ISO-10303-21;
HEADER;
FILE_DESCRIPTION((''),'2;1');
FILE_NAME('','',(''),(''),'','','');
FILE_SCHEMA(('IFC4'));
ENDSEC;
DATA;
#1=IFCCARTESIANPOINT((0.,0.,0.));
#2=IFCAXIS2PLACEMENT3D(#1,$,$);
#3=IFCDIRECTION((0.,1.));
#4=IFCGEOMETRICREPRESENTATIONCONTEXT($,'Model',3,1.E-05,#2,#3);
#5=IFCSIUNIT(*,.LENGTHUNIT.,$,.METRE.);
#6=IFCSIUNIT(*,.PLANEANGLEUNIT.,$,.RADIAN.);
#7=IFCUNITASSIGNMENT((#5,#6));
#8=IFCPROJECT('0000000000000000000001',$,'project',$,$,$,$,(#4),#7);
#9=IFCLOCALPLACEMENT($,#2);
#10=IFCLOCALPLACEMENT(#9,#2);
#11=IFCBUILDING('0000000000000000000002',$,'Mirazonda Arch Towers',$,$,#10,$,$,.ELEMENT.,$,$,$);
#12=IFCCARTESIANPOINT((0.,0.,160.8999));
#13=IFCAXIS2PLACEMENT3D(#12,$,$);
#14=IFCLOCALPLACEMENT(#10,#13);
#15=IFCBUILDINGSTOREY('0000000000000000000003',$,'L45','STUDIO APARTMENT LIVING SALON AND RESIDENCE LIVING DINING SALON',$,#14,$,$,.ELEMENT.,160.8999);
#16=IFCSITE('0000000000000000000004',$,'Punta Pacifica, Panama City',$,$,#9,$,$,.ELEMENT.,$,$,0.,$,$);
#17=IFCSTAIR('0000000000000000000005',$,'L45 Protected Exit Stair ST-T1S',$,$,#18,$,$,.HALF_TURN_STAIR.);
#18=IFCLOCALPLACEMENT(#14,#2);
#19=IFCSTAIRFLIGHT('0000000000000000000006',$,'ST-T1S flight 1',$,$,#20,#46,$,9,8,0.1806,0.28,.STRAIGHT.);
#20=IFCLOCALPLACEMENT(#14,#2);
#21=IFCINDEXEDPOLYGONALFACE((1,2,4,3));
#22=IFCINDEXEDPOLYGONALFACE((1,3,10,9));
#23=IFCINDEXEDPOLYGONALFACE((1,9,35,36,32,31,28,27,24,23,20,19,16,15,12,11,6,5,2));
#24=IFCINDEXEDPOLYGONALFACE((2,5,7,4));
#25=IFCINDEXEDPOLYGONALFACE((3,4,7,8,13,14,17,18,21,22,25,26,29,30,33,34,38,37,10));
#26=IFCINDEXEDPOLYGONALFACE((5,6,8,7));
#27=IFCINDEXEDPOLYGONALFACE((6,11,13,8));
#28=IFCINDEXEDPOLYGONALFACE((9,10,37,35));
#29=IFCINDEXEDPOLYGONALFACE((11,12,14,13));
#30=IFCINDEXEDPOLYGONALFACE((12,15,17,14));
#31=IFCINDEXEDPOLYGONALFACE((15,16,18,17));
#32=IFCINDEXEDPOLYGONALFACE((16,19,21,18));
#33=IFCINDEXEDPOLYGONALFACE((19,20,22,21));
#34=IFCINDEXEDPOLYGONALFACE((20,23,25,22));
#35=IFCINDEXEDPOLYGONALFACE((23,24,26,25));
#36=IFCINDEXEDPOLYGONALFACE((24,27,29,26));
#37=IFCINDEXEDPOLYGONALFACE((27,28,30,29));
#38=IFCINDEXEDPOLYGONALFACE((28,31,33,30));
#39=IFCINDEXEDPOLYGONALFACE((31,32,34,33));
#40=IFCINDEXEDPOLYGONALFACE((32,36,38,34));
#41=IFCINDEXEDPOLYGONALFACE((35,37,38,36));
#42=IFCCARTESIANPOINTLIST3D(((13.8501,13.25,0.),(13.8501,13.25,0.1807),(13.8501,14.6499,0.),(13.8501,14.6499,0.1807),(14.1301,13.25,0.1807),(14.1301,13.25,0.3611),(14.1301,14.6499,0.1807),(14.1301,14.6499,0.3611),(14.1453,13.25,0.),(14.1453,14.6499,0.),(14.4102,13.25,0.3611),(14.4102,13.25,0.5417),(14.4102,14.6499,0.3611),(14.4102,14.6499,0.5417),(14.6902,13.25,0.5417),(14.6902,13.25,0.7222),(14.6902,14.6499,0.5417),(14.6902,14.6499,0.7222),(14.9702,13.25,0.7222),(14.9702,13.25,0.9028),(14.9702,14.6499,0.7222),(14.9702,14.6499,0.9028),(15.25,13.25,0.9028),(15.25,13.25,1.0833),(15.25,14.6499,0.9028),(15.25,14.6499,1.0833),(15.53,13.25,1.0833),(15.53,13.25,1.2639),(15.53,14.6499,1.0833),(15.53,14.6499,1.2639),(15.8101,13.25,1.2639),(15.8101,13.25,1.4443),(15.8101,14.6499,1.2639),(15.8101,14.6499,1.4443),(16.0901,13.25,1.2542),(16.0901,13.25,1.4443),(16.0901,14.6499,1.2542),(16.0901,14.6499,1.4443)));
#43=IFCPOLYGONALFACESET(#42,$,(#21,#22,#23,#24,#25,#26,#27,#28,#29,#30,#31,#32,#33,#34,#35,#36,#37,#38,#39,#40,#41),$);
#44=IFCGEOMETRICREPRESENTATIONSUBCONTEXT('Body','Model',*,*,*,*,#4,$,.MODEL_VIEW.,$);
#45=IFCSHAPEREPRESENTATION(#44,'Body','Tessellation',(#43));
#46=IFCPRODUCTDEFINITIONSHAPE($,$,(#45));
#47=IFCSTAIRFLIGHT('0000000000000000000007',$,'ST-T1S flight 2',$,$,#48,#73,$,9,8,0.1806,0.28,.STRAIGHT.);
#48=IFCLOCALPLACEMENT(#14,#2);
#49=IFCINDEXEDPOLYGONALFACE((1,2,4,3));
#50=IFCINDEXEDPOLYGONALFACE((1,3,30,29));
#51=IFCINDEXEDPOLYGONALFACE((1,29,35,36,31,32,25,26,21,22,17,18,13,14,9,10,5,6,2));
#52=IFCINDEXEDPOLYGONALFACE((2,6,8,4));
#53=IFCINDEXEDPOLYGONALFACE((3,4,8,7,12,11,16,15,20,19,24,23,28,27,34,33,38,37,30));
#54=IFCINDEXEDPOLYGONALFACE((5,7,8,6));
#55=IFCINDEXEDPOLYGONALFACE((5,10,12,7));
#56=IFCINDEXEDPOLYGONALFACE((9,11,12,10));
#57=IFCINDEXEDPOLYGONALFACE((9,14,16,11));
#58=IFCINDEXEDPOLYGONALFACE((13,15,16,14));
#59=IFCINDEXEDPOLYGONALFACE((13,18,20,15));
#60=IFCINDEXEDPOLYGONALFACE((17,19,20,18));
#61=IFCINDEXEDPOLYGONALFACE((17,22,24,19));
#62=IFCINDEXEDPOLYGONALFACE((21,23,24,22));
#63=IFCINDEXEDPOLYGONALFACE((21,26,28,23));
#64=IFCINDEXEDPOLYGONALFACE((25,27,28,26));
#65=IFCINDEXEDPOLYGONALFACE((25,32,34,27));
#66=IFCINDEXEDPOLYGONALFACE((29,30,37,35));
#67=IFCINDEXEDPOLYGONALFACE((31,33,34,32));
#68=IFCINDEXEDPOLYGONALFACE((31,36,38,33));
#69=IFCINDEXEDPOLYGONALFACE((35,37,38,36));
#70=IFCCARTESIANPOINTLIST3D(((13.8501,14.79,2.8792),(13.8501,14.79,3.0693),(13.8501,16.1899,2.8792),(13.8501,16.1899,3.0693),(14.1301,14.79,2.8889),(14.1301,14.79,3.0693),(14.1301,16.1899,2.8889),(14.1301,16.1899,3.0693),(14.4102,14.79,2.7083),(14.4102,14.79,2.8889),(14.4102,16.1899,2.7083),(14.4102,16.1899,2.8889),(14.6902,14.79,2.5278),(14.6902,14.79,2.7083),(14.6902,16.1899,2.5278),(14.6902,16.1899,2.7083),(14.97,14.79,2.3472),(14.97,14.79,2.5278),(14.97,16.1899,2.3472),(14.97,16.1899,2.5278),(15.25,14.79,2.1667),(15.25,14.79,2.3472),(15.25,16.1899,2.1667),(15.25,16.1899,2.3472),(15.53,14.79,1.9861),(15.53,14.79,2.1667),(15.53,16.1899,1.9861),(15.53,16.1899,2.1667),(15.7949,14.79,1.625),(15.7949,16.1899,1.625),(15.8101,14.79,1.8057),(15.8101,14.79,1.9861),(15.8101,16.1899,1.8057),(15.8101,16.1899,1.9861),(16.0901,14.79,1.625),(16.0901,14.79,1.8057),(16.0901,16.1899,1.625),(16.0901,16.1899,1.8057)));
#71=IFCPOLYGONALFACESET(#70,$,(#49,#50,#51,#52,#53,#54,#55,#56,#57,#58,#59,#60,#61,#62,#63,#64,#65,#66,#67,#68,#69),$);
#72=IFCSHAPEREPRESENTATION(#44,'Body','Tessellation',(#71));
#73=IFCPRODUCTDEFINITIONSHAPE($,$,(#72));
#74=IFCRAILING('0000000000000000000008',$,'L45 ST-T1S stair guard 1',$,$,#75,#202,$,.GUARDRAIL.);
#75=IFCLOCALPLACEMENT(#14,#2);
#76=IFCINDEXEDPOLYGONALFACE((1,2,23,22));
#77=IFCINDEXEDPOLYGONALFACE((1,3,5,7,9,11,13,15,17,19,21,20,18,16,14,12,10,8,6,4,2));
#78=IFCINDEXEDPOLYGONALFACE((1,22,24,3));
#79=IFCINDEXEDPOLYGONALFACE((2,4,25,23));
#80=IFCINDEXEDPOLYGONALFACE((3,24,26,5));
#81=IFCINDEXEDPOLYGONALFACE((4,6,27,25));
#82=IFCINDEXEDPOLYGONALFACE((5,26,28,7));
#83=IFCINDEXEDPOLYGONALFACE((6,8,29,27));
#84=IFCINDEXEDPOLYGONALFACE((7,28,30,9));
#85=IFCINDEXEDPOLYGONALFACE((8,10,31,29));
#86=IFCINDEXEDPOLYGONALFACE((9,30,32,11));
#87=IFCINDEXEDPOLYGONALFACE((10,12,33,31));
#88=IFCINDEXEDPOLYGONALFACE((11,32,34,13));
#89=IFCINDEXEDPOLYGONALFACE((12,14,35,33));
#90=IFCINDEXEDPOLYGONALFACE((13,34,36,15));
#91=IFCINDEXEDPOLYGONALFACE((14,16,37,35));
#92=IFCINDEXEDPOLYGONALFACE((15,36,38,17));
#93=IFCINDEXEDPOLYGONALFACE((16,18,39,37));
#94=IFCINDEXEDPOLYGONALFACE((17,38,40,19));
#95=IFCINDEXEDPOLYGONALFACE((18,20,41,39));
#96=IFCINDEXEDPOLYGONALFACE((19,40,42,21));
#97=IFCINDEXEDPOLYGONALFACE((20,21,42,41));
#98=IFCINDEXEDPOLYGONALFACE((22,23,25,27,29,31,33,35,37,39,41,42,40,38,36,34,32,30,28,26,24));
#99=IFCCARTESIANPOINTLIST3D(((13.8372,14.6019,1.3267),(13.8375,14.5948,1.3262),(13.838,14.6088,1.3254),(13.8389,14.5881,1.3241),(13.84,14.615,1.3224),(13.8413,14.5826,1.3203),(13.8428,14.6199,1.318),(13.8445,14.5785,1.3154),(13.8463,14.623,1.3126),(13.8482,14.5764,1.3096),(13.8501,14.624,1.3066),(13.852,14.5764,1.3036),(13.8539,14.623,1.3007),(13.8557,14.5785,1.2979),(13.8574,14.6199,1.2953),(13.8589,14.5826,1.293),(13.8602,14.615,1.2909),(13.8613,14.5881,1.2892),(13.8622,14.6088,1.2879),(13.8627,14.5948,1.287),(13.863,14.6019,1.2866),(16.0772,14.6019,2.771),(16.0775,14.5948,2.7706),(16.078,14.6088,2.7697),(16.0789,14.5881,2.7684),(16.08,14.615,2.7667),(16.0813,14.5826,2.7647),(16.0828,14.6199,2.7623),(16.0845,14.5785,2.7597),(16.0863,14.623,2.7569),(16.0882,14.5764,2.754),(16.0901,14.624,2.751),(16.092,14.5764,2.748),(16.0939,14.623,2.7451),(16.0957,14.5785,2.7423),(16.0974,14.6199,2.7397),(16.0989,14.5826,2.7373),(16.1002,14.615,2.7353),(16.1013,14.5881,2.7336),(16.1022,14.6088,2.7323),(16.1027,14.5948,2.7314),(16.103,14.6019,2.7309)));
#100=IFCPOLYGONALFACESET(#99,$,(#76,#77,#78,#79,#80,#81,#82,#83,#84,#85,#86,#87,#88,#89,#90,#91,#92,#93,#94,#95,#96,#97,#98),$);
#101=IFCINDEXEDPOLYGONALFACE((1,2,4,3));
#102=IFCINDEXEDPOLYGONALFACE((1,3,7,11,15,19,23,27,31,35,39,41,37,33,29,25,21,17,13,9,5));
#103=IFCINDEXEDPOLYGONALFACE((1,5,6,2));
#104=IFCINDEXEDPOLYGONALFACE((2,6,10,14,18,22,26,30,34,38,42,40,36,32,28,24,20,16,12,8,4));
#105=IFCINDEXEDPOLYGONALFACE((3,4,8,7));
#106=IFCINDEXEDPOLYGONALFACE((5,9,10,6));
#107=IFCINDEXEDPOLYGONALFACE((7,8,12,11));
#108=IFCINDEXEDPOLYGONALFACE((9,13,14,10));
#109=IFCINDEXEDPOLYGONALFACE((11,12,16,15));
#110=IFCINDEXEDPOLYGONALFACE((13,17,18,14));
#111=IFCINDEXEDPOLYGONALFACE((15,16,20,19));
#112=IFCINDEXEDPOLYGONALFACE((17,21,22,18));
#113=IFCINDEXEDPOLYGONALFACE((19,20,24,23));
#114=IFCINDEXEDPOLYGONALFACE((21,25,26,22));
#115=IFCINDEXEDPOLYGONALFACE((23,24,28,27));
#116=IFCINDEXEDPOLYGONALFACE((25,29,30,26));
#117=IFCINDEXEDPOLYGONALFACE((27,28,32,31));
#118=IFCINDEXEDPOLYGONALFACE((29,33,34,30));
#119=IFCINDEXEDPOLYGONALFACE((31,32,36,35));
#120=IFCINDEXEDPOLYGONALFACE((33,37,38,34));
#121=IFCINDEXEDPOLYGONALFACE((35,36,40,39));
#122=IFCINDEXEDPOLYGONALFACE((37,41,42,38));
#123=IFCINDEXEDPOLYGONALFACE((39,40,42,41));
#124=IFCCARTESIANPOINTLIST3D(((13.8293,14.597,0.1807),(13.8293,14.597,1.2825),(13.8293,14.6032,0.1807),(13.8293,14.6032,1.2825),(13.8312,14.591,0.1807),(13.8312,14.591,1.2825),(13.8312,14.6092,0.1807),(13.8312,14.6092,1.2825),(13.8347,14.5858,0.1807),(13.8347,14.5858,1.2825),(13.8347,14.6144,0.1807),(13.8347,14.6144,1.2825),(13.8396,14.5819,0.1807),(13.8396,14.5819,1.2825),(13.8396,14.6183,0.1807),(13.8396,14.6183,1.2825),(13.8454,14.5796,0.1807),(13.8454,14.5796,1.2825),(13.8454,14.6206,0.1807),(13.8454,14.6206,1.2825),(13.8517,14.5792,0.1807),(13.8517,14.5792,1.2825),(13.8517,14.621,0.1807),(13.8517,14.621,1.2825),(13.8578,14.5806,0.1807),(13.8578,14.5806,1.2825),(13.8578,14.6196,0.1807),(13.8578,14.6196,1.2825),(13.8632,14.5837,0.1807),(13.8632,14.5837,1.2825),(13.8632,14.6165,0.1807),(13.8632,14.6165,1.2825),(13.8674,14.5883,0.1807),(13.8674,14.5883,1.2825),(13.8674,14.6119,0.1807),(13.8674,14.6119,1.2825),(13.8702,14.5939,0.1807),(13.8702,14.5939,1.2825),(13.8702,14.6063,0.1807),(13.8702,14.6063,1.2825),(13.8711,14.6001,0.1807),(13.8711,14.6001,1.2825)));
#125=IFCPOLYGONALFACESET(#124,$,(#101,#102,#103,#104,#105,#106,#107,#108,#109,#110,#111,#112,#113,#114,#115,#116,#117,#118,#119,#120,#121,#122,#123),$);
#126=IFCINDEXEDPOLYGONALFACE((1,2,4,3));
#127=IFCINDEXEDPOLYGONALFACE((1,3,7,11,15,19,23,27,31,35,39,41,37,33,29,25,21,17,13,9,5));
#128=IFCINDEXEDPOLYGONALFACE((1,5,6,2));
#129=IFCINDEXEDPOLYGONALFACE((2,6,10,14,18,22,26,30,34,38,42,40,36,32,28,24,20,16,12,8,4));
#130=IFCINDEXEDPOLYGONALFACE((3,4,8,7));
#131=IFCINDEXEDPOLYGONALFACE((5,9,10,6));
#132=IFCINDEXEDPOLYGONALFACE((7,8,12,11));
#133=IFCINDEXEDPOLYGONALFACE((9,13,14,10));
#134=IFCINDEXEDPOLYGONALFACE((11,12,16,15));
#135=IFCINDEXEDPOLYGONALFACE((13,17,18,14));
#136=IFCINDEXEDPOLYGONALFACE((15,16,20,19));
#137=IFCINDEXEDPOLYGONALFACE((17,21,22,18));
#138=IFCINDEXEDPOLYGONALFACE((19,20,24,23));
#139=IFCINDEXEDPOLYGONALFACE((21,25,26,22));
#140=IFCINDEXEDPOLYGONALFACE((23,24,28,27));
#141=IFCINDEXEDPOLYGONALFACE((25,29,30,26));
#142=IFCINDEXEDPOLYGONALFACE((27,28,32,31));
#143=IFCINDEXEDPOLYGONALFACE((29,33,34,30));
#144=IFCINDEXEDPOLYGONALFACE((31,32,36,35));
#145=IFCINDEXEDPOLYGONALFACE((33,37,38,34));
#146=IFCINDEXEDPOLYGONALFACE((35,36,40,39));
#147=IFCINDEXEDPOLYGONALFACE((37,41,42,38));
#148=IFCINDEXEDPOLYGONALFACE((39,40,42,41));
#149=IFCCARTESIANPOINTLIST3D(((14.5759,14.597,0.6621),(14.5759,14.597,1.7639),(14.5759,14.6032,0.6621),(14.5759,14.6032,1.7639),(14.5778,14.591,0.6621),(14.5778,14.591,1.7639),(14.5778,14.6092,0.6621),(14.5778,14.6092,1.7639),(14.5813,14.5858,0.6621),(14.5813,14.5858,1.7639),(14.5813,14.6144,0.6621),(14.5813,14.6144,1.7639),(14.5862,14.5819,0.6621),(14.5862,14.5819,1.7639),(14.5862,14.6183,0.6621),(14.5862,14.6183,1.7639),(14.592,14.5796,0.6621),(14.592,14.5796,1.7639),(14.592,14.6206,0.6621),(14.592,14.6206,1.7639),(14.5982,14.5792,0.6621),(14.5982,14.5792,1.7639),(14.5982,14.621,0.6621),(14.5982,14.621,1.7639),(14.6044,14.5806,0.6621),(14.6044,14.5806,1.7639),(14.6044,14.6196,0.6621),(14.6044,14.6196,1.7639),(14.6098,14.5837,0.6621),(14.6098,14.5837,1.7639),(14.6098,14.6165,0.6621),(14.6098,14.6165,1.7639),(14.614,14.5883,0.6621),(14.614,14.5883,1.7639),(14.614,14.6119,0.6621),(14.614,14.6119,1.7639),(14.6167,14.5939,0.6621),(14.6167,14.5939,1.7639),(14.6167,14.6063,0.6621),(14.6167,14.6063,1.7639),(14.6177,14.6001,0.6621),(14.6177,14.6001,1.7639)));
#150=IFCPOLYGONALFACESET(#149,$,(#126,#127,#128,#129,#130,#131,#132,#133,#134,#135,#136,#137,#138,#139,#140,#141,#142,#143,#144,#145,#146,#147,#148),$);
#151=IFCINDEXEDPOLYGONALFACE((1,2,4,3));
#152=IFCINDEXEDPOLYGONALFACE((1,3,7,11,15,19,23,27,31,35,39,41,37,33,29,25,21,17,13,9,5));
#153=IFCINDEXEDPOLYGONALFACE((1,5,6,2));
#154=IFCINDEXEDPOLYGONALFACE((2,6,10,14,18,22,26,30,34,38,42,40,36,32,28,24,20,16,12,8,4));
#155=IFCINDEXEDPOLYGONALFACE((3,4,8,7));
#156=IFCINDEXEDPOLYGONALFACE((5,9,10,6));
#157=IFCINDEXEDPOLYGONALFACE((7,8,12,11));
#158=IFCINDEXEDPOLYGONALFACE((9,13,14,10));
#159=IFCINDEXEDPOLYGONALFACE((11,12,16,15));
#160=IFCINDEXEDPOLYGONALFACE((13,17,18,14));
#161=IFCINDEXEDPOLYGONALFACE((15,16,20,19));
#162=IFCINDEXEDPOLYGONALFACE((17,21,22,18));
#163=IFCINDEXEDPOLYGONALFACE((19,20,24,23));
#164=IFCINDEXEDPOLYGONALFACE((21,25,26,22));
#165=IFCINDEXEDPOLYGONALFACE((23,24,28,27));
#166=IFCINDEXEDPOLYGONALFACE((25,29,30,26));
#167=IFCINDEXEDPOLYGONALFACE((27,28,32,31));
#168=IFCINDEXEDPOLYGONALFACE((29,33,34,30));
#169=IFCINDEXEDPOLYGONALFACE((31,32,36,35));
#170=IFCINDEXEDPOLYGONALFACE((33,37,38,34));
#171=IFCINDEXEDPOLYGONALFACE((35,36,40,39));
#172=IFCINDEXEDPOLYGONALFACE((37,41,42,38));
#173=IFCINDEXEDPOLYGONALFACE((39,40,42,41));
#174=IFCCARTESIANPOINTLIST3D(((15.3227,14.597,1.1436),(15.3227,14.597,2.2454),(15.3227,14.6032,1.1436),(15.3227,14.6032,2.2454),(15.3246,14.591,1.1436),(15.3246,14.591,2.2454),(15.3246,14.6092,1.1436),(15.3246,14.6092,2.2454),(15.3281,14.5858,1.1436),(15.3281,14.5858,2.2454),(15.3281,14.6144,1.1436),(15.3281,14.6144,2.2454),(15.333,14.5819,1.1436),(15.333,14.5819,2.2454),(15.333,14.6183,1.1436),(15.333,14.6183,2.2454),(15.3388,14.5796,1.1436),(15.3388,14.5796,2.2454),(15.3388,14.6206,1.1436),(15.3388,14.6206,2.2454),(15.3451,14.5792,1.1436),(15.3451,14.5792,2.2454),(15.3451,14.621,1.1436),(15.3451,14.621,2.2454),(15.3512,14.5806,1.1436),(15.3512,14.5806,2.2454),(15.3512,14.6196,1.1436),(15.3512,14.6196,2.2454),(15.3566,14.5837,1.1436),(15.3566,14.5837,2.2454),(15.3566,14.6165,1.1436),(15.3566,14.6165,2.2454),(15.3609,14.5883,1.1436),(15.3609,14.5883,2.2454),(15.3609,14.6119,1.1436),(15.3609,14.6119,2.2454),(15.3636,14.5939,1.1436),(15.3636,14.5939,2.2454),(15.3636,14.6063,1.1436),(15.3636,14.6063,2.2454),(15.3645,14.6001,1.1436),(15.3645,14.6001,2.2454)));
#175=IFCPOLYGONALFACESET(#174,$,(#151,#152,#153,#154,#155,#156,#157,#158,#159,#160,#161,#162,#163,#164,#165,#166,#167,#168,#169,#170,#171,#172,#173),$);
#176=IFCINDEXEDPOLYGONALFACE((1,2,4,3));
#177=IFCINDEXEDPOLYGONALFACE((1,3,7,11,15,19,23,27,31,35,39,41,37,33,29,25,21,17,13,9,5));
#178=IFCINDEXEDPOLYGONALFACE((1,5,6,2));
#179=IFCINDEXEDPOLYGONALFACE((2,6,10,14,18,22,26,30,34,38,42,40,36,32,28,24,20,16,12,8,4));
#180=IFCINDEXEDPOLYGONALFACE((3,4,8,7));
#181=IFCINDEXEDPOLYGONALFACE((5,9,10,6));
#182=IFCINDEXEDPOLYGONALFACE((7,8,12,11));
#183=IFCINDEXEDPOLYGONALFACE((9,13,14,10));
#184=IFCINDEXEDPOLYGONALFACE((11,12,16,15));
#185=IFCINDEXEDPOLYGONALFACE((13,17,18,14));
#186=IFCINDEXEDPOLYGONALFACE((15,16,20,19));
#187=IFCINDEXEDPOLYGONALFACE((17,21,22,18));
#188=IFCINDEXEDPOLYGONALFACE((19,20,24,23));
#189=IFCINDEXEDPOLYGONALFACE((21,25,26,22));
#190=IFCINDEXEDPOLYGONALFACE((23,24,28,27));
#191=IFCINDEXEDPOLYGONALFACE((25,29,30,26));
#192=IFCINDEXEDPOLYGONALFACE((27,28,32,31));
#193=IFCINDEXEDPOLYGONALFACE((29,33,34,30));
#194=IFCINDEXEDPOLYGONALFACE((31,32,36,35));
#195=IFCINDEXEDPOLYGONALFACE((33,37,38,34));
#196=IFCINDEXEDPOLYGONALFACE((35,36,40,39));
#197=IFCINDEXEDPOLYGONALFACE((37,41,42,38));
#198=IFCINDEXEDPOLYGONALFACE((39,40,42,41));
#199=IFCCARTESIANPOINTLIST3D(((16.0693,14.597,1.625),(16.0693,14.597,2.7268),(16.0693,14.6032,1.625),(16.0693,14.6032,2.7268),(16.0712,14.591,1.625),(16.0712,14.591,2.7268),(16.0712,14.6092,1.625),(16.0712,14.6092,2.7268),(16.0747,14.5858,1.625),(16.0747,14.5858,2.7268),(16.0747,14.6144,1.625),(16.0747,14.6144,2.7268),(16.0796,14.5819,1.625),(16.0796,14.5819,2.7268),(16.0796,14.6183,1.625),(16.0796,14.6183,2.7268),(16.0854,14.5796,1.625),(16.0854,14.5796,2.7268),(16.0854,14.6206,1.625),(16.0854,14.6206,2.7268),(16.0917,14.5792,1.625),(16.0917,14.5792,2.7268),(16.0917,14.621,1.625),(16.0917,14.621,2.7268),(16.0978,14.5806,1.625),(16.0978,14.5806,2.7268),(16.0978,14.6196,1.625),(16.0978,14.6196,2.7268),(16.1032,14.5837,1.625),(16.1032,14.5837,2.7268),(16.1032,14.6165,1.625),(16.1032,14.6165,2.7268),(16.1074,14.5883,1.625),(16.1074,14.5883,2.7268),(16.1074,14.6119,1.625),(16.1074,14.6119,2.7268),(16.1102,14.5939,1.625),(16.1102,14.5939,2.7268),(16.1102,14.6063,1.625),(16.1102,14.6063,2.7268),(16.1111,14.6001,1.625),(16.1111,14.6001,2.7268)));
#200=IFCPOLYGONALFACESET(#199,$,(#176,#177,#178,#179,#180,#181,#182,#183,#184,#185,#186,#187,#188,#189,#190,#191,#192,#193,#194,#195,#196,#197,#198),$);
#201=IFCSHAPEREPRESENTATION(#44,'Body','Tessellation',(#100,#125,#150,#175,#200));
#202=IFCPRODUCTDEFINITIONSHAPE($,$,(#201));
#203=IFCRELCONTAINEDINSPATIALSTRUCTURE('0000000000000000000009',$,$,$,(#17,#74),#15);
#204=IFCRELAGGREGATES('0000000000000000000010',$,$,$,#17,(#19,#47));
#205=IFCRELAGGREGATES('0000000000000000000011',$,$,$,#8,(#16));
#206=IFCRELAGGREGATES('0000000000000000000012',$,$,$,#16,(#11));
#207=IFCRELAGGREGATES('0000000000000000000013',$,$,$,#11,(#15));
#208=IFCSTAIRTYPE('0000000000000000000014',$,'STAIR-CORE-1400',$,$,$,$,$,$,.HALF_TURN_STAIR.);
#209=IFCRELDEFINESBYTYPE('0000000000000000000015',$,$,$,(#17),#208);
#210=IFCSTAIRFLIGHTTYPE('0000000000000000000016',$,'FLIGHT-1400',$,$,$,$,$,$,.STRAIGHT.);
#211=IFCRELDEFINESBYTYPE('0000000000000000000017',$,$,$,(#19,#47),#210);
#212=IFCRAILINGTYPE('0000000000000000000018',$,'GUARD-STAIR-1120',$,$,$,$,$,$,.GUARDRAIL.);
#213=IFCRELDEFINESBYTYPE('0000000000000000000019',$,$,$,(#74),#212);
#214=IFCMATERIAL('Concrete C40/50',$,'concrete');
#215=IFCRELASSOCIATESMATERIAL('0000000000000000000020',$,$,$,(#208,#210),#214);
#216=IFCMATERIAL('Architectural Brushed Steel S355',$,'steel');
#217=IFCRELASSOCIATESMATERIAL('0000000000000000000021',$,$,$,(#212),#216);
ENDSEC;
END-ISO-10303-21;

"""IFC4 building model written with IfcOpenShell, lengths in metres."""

from ifc_helpers import new_model, si_unit, direction, frame, origin, origin_2d, place, context, subcontext, project, spatial, polyline, circle, outline, extrude, material, type_object, element, aggregate, save


model = new_model("IFC4")

# Units and contexts
model_context = context("Model", 3, precision=1e-05, world=origin(), true_north=direction((0.0, 1.0)))
body_context = subcontext(model_context, "Body", "Model", "MODEL_VIEW")
ifc_project = project(units=[si_unit("LENGTHUNIT", "METRE"), si_unit("PLANEANGLEUNIT", "RADIAN")], contexts=[model_context])

# Site, building, storey
site_placement = place(None, origin())
site = spatial("IfcSite", under=ifc_project, at=site_placement, Name="Punta Pacifica, Panama City", CompositionType="ELEMENT", RefElevation=0.0)
building_placement = place(site_placement, origin())
building = spatial("IfcBuilding", under=site, at=building_placement, Name="Mirazonda Arch Towers", CompositionType="ELEMENT")
storey_placement = place(building_placement, frame((0.0, 0.0, 160.8999)))
storey = spatial("IfcBuildingStorey", under=building, at=storey_placement, Name="L45", Description="STUDIO APARTMENT LIVING SALON AND RESIDENCE LIVING DINING SALON", CompositionType="ELEMENT", Elevation=160.8999)

# Shared definitions
ifc_material_1 = material(Name="Architectural Brushed Steel S355", Category="steel")

# Shared definitions
ifc_material_2 = material(Name="Concrete C40/50", Category="concrete")

# Stair, stair flights
stair_type = type_object("IfcStairType", Name="STAIR-CORE-1400", PredefinedType="HALF_TURN_STAIR", material=ifc_material_2)
stair_placement = place(storey_placement, origin())
stair = element("IfcStair", 1, at=stair_placement, inside=storey, type_object=stair_type, Name="L45 Protected Exit Stair ST-T1S", PredefinedType="HALF_TURN_STAIR")
stair_flight_type = type_object("IfcStairFlightType", Name="FLIGHT-1400", PredefinedType="STRAIGHT", material=ifc_material_2)
stair_flight_1_placement = place(storey_placement, frame((13.8501, 13.95, 0.0), z_axis=(0.0, 0.0, 1.0), x_axis=(1.0, 0.0, 0.0)))
stair_flight_1 = element("IfcStairFlight", 2, at=stair_flight_1_placement, type_object=stair_flight_type, Name="ST-T1S flight 1", NumberOfRisers=9, NumberOfTreads=8, PredefinedType="STRAIGHT", RiserHeight=0.1806, TreadLength=0.28, context=body_context, shape_type="SweptSolid", body=[
    extrude(outline(polyline([(0.0, 0.0), (0.0, 0.1807), (0.28, 0.1807), (0.28, 0.3611), (0.5601, 0.3611), (0.5601, 0.5417), (0.8401, 0.5417), (0.8401, 0.7222), (1.1201, 0.7222), (1.1201, 0.9028), (1.3999, 0.9028), (1.3999, 1.0833), (1.6799, 1.0833), (1.6799, 1.2639), (1.96, 1.2639), (1.96, 1.4443), (2.24, 1.4443), (2.24, 1.625), (2.24, 1.2542), (0.2952, 0.0), (0.0, 0.0)])), frame((0.0, 0.7, 0.0), z_axis=(0.0, -1.0, 0.0), x_axis=(1.0, 0.0, 0.0)), (0.0, 0.0, 1.0), 1.3999),
])
stair_flight_2_placement = place(storey_placement, frame((16.0901, 15.49, 1.625), z_axis=(0.0, 0.0, 1.0), x_axis=(-1.0, 0.0, 0.0)))
stair_flight_2 = element("IfcStairFlight", 3, at=stair_flight_2_placement, type_object=stair_flight_type, Name="ST-T1S flight 2", NumberOfRisers=9, NumberOfTreads=8, PredefinedType="STRAIGHT", RiserHeight=0.1806, TreadLength=0.28, context=body_context, shape_type="SweptSolid", body=[
    extrude(outline(polyline([(0.0, 0.0), (0.0, 0.1807), (0.28, 0.1807), (0.28, 0.3611), (0.5601, 0.3611), (0.5601, 0.5417), (0.8401, 0.5417), (0.8401, 0.7222), (1.1201, 0.7222), (1.1201, 0.9028), (1.3999, 0.9028), (1.3999, 1.0833), (1.6799, 1.0833), (1.6799, 1.2639), (1.96, 1.2639), (1.96, 1.4443), (2.24, 1.4443), (2.24, 1.625), (2.24, 1.2542), (0.2952, 0.0), (0.0, 0.0)])), frame((0.0, 0.7, 0.0), z_axis=(0.0, -1.0, 0.0), x_axis=(1.0, 0.0, 0.0)), (0.0, 0.0, 1.0), 1.3999),
])
aggregate(stair, [stair_flight_1, stair_flight_2])

# Railing
railing_type_1 = type_object("IfcRailingType", Name="GUARD-STAIR-1120", PredefinedType="GUARDRAIL", material=ifc_material_1)
railing_1_placement = place(storey_placement, frame((13.8501, 14.6001, 0.1807)))
element("IfcRailing", 4, at=railing_1_placement, inside=storey, type_object=railing_type_1, Name="L45 ST-T1S stair guard 1", PredefinedType="GUARDRAIL", context=body_context, shape_type="SweptSolid", body=[
    extrude(circle(Radius=0.0239, at=origin_2d()), frame((0.0, 0.0, 1.126), z_axis=(0.840437, 0.0, 0.54191), x_axis=(0.0, 1.0, 0.0)), (0.0, 0.0, 1.0), 2.6653),
    extrude(circle(Radius=0.021, at=origin_2d()), origin(), (0.0, 0.0, 1.0), 1.1018),
    extrude(circle(Radius=0.021, at=origin_2d()), frame((0.7466, 0.0, 0.4814)), (0.0, 0.0, 1.0), 1.1018),
    extrude(circle(Radius=0.021, at=origin_2d()), frame((1.4934, 0.0, 0.9629)), (0.0, 0.0, 1.0), 1.1018),
    extrude(circle(Radius=0.021, at=origin_2d()), frame((2.24, 0.0, 1.4443)), (0.0, 0.0, 1.0), 1.1018),
])

save(model, "model.ifc")
